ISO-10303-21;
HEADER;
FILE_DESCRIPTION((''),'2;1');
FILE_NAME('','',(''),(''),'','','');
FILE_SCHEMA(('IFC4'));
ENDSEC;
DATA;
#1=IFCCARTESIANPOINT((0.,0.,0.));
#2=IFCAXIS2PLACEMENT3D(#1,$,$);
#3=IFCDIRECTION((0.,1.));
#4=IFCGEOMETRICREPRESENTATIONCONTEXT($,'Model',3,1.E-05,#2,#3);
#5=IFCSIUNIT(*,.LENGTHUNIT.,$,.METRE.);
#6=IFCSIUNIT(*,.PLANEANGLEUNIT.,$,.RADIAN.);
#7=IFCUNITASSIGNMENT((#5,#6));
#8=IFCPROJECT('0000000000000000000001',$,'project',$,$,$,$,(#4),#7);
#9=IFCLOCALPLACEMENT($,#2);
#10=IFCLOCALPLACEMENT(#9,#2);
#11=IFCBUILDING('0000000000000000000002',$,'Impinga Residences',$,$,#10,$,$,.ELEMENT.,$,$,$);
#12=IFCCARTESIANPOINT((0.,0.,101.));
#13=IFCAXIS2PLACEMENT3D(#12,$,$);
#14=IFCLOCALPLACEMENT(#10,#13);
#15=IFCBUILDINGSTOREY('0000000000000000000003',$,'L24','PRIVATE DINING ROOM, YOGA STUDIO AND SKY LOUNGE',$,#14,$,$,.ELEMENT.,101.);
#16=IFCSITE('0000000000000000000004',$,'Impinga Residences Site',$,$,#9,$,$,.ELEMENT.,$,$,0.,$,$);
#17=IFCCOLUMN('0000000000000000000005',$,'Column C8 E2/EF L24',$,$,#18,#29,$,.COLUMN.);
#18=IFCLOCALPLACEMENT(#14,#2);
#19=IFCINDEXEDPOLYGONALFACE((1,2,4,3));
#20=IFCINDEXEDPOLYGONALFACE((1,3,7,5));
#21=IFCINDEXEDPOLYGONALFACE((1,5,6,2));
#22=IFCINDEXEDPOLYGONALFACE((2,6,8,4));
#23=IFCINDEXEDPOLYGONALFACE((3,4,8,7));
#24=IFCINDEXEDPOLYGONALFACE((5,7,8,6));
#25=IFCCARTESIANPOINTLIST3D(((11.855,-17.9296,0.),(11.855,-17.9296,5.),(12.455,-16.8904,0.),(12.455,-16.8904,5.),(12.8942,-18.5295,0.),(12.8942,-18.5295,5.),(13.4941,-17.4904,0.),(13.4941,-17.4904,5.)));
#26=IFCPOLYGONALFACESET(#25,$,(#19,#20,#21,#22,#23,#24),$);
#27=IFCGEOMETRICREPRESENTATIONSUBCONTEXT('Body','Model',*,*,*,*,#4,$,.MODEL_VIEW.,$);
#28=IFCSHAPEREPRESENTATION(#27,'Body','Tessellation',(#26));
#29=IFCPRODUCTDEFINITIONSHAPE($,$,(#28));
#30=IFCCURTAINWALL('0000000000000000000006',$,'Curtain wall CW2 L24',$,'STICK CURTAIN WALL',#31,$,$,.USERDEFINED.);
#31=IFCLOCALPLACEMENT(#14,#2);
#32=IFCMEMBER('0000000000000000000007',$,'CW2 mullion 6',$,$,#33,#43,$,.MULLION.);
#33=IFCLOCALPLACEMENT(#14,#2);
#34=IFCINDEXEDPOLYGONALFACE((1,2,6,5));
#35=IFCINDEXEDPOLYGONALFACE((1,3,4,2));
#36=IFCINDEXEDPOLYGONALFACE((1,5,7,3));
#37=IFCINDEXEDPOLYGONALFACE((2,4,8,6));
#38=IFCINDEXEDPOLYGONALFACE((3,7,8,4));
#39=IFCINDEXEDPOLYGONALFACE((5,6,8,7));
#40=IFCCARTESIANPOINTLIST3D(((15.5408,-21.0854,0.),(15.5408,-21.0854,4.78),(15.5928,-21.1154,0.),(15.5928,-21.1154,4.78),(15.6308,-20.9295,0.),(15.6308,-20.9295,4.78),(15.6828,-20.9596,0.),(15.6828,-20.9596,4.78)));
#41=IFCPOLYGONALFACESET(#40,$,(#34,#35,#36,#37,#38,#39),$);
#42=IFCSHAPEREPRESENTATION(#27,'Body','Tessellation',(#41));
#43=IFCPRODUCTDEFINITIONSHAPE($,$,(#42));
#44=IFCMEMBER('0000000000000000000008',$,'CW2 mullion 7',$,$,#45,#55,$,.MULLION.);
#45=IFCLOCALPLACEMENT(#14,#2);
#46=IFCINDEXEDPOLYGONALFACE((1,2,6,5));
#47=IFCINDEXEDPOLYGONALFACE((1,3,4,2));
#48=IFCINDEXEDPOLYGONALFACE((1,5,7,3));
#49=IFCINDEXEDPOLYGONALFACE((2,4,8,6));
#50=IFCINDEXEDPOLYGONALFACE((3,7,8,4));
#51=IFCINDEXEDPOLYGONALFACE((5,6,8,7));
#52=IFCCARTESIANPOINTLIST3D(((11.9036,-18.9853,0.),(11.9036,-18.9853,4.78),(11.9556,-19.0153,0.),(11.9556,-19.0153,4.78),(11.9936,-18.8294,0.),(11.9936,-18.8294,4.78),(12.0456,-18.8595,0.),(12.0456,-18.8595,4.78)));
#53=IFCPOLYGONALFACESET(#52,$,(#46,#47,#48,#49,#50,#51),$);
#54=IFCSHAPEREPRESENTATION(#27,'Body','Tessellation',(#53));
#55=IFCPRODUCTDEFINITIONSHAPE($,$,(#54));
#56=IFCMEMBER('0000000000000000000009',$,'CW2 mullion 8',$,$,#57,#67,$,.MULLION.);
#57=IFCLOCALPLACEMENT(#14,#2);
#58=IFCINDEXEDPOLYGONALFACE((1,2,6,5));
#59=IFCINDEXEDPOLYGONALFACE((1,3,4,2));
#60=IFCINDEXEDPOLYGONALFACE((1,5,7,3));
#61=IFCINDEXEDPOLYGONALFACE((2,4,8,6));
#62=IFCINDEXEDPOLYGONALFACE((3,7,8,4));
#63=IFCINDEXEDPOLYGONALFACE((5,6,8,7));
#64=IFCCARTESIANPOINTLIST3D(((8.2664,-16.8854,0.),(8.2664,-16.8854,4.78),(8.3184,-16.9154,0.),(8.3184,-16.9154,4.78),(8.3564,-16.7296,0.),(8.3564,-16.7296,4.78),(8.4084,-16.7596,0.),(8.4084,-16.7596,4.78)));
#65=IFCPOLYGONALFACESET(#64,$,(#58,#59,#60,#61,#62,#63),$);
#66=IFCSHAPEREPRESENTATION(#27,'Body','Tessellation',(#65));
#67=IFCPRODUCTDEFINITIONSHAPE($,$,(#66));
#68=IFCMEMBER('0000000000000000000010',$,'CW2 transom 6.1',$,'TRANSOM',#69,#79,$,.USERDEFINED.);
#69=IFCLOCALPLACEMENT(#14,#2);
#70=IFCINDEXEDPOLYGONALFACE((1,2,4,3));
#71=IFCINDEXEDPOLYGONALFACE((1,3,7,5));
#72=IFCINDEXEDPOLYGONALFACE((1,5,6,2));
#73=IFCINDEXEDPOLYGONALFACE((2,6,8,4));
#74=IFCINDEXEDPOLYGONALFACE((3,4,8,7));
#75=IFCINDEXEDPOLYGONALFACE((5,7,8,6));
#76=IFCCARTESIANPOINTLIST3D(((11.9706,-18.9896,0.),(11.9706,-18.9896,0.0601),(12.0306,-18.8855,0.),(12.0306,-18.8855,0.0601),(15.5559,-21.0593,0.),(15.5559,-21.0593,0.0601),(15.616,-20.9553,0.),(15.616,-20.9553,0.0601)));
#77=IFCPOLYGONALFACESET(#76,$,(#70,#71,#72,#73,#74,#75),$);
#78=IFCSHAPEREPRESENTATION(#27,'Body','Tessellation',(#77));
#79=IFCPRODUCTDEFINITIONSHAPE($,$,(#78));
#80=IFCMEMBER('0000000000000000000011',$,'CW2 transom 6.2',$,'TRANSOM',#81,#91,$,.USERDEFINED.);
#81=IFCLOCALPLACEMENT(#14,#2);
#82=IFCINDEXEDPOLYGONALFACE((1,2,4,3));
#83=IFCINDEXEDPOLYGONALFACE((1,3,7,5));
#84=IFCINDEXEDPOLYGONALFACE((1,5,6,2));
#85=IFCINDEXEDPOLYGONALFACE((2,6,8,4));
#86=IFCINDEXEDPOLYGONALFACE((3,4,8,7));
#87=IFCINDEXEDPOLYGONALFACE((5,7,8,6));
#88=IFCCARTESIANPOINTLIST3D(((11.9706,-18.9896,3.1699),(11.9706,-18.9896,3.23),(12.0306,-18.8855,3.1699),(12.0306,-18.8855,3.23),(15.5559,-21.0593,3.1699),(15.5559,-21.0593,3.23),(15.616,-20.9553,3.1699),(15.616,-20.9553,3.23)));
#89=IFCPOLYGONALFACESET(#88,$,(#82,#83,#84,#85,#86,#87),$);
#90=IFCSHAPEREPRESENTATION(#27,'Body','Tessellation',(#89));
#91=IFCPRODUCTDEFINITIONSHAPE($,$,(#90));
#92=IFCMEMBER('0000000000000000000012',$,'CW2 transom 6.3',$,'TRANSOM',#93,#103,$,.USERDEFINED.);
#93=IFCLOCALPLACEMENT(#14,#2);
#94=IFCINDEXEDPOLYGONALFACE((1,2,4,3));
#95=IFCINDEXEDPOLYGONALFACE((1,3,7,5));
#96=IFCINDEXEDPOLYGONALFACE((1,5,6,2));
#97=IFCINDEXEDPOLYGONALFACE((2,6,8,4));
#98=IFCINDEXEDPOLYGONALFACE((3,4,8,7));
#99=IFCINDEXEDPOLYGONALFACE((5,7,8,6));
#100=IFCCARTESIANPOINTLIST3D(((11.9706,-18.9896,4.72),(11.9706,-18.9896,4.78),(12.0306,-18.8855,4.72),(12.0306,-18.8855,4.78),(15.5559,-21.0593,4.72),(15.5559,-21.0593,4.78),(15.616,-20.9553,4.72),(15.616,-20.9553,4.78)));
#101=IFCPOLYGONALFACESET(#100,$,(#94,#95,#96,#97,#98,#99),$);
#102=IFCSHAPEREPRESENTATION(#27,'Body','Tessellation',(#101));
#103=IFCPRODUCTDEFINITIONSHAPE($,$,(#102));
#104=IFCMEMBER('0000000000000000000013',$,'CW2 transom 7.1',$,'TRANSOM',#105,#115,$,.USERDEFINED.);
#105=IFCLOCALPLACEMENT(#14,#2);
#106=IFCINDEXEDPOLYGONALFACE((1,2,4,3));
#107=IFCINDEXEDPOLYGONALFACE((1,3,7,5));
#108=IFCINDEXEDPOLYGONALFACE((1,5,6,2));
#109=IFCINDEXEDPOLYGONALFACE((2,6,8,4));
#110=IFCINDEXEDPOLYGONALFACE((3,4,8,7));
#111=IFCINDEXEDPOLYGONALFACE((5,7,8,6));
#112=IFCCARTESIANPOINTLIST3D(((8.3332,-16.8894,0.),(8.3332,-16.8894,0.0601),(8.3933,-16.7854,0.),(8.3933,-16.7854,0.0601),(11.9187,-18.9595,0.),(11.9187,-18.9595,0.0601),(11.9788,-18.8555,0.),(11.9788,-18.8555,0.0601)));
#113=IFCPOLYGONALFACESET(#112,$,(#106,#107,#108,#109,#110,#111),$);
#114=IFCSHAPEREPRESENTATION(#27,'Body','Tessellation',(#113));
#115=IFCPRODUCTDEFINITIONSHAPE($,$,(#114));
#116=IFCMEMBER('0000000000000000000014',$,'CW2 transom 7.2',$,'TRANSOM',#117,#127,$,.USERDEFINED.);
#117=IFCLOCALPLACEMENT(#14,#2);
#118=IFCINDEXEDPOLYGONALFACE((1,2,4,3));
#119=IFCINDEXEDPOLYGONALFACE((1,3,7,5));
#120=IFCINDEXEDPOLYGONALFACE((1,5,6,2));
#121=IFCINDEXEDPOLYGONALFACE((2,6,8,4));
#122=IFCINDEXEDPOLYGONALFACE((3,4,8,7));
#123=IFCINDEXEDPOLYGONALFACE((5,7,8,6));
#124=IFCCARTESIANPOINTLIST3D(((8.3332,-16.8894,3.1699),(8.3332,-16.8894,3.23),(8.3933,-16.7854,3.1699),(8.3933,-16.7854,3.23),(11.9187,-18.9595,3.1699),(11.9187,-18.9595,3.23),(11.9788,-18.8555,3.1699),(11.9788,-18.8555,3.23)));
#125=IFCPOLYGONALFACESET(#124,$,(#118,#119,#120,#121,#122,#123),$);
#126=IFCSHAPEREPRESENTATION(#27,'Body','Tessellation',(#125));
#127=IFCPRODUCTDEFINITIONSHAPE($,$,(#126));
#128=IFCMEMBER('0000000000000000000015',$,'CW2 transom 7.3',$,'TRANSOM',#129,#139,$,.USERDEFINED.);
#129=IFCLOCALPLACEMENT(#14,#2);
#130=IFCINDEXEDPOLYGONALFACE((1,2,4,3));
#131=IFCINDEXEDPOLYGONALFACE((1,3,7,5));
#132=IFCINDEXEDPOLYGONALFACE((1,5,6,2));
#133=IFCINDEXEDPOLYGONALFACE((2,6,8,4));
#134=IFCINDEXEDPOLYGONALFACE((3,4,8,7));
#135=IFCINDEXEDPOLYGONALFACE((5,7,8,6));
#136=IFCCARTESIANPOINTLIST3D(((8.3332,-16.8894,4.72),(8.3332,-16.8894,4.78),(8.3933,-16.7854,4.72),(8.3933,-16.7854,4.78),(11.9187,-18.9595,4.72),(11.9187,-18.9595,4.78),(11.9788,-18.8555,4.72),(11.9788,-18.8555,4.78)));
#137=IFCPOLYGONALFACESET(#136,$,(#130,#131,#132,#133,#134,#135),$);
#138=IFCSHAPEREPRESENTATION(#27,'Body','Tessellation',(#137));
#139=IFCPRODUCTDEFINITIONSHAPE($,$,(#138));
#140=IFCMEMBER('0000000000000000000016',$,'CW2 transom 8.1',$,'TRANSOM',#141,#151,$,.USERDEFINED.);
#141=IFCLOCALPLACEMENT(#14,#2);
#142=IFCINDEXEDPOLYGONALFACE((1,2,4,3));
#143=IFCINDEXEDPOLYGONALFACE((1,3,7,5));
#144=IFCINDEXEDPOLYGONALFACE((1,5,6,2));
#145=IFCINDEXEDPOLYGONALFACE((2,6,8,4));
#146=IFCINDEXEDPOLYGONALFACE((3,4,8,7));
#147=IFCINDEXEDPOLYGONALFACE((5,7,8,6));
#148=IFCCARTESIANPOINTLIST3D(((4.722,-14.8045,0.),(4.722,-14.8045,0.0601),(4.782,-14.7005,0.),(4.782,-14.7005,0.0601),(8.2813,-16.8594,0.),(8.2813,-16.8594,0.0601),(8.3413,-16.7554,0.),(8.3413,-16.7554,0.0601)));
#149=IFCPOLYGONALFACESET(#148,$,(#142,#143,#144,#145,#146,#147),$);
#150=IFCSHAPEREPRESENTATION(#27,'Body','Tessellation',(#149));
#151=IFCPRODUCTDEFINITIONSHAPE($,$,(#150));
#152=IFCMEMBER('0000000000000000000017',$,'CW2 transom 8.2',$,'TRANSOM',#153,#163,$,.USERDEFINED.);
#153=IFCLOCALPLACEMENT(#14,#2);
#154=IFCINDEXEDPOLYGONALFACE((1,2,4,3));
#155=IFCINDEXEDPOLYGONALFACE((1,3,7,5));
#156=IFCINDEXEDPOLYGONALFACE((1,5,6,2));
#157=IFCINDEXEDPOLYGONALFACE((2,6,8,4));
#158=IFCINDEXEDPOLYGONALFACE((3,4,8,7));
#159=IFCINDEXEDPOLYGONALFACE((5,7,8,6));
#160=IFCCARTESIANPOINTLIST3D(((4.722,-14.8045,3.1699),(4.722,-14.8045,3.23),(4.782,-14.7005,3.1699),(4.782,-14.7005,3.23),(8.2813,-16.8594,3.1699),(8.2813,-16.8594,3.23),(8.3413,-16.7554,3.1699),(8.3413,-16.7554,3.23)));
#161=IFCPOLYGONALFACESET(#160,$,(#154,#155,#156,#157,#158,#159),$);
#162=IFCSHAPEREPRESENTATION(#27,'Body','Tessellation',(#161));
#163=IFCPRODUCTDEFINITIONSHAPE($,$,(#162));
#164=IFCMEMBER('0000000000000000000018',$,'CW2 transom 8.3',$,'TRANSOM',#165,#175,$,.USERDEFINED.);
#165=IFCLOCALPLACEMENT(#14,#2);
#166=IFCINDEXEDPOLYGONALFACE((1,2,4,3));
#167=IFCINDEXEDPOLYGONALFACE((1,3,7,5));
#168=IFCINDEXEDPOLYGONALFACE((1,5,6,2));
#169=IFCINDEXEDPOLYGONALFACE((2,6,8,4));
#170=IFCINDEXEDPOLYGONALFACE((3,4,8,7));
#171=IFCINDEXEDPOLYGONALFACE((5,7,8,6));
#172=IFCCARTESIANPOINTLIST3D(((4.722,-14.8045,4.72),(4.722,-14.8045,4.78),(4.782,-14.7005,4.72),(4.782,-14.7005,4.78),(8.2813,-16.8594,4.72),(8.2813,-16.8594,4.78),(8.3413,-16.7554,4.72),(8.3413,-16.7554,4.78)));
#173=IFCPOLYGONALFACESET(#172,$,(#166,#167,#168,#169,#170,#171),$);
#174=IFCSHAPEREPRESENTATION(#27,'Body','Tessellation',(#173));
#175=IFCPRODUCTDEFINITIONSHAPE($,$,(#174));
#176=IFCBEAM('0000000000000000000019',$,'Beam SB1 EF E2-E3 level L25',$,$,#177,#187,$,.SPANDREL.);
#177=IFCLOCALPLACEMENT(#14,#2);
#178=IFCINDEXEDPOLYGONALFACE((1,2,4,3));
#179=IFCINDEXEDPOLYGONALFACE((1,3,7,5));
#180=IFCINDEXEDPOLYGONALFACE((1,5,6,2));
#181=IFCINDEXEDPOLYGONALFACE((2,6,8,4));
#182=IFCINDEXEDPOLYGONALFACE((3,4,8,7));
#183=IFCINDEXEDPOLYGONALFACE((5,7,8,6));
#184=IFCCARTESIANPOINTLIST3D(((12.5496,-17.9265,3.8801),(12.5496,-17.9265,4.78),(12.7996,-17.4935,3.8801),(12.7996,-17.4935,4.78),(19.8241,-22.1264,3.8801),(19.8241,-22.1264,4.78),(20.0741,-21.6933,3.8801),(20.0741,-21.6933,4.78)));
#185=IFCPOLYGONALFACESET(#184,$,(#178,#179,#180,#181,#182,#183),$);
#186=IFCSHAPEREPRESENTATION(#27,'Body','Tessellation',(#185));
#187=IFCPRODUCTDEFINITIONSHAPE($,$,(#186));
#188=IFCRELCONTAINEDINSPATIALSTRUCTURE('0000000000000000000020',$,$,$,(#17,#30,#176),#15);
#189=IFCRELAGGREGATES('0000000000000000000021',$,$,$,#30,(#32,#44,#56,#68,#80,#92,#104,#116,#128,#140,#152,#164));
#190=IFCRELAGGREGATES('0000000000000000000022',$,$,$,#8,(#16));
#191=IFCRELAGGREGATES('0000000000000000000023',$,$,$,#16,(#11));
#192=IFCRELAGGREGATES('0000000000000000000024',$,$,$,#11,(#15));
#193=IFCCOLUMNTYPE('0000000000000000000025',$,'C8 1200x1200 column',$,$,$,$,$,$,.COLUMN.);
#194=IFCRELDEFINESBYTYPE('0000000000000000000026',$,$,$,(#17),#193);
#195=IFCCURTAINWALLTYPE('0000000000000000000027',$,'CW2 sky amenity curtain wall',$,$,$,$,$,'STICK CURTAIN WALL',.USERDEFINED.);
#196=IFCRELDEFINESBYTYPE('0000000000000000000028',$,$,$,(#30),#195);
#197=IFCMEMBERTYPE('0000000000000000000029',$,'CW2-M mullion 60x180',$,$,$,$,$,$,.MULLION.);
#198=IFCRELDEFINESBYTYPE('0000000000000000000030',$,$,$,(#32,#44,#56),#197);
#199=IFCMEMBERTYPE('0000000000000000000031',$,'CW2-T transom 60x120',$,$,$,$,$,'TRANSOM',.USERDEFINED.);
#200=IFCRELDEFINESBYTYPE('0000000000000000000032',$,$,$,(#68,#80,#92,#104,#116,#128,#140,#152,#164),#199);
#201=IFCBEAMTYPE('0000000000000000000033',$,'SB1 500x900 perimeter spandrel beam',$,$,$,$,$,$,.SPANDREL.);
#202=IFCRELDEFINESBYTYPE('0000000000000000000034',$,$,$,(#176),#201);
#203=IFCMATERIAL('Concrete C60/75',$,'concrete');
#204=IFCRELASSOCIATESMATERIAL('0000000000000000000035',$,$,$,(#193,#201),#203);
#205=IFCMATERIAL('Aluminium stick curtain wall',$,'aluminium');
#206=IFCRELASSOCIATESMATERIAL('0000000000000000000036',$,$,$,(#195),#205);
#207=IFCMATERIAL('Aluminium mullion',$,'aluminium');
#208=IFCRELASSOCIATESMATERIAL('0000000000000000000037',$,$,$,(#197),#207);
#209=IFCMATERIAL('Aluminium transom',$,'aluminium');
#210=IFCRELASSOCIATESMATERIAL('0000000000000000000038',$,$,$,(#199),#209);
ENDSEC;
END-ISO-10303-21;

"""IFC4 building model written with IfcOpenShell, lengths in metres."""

from ifc_helpers import new_model, si_unit, direction, frame, origin, origin_2d, place, context, subcontext, project, spatial, rectangle, extrude, material, material_profile, profile_set, type_object, element, aggregate, save


model = new_model("IFC4")

# Units and contexts
model_context = context("Model", 3, precision=1e-05, world=origin(), true_north=direction((0.0, 1.0)))
body_context = subcontext(model_context, "Body", "Model", "MODEL_VIEW")
ifc_project = project(units=[si_unit("LENGTHUNIT", "METRE"), si_unit("PLANEANGLEUNIT", "RADIAN")], contexts=[model_context])

# Site, building, storey
site_placement = place(None, origin())
site = spatial("IfcSite", under=ifc_project, at=site_placement, Name="Impinga Residences Site", CompositionType="ELEMENT", RefElevation=0.0)
building_placement = place(site_placement, origin())
building = spatial("IfcBuilding", under=site, at=building_placement, Name="Impinga Residences", CompositionType="ELEMENT")
storey_placement = place(building_placement, frame((0.0, 0.0, 101.0)))
storey = spatial("IfcBuildingStorey", under=building, at=storey_placement, Name="L24", Description="PRIVATE DINING ROOM, YOGA STUDIO AND SKY LOUNGE", CompositionType="ELEMENT", Elevation=101.0)

# Column
ifc_material_1 = material(Name="Concrete C60/75", Category="concrete")
ifc_material_profile_1 = material_profile(ifc_material_1, rectangle(XDim=1.2, YDim=1.2, at=origin_2d()), Name="RC 1200x1200")
ifc_profile_set_1 = profile_set([ifc_material_profile_1], Name="Concrete C60/75")
column_type = type_object("IfcColumnType", Name="C8 1200x1200 column", PredefinedType="COLUMN", material=ifc_profile_set_1)
column_placement = place(storey_placement, frame((12.6746, -17.71, 0.0), z_axis=(0.0, 0.0, 1.0), x_axis=(-0.5, -0.866025, 0.0)))
element("IfcColumn", 1, at=column_placement, inside=storey, type_object=column_type, Name="Column C8 E2/EF L24", PredefinedType="COLUMN", context=body_context, shape_type="SweptSolid", body=[
    extrude(rectangle(XDim=1.2, YDim=1.2, at=origin_2d()), origin(), (0.0, 0.0, 1.0), 5.0),
])

# Curtain wall, members
ifc_material_2 = material(Name="Aluminium stick curtain wall", Category="aluminium")
curtain_wall_type = type_object("IfcCurtainWallType", Name="CW2 sky amenity curtain wall", ElementType="STICK CURTAIN WALL", PredefinedType="USERDEFINED", material=ifc_material_2)
curtain_wall_placement = place(storey_placement, origin())
curtain_wall = element("IfcCurtainWall", 2, at=curtain_wall_placement, inside=storey, type_object=curtain_wall_type, Name="Curtain wall CW2 L24", ObjectType="STICK CURTAIN WALL", PredefinedType="USERDEFINED")
ifc_material_3 = material(Name="Aluminium mullion", Category="aluminium")
ifc_material_profile_2 = material_profile(ifc_material_3, rectangle(XDim=0.0601, YDim=0.1799, at=origin_2d()), Name="60x180 mullion")
ifc_profile_set_2 = profile_set([ifc_material_profile_2], Name="Aluminium mullion")
member_type_1 = type_object("IfcMemberType", Name="CW2-M mullion 60x180", PredefinedType="MULLION", material=ifc_profile_set_2)
member_1_placement = place(storey_placement, frame((15.6118, -21.0225, 0.0), z_axis=(0.0, 0.0, 1.0), x_axis=(-0.866025, 0.5, 0.0)))
member_1 = element("IfcMember", 3, at=member_1_placement, type_object=member_type_1, Name="CW2 mullion 6", PredefinedType="MULLION", context=body_context, shape_type="SweptSolid", body=[
    extrude(rectangle(XDim=0.0601, YDim=0.1799, at=origin_2d()), origin(), (0.0, 0.0, 1.0), 4.78),
])
member_2_placement = place(storey_placement, frame((11.9746, -18.9224, 0.0), z_axis=(0.0, 0.0, 1.0), x_axis=(-0.866025, 0.5, 0.0)))
member_2 = element("IfcMember", 4, at=member_2_placement, type_object=member_type_1, Name="CW2 mullion 7", PredefinedType="MULLION", context=body_context, shape_type="SweptSolid", body=[
    extrude(rectangle(XDim=0.0601, YDim=0.1799, at=origin_2d()), origin(), (0.0, 0.0, 1.0), 4.78),
])
member_3_placement = place(storey_placement, frame((8.3374, -16.8225, 0.0), z_axis=(0.0, 0.0, 1.0), x_axis=(-0.866025, 0.5, 0.0)))
member_3 = element("IfcMember", 5, at=member_3_placement, type_object=member_type_1, Name="CW2 mullion 8", PredefinedType="MULLION", context=body_context, shape_type="SweptSolid", body=[
    extrude(rectangle(XDim=0.0601, YDim=0.1799, at=origin_2d()), origin(), (0.0, 0.0, 1.0), 4.78),
])
ifc_material_4 = material(Name="Aluminium transom", Category="aluminium")
ifc_material_profile_3 = material_profile(ifc_material_4, rectangle(XDim=0.0601, YDim=0.1201, at=origin_2d()), Name="60x120 transom")
ifc_profile_set_3 = profile_set([ifc_material_profile_3], Name="Aluminium transom")
member_type_2 = type_object("IfcMemberType", Name="CW2-T transom 60x120", ElementType="TRANSOM", PredefinedType="USERDEFINED", material=ifc_profile_set_3)
member_4_placement = place(storey_placement, frame((15.5859, -21.0073, 0.03), z_axis=(-0.86605, 0.499957, 0.0), x_axis=(0.0, 0.0, 1.0)))
member_4 = element("IfcMember", 6, at=member_4_placement, type_object=member_type_2, Name="CW2 transom 6.1", ObjectType="TRANSOM", PredefinedType="USERDEFINED", context=body_context, shape_type="SweptSolid", body=[
    extrude(rectangle(XDim=0.0601, YDim=0.1201, at=origin_2d()), origin(), (0.0, 0.0, 1.0), 4.1399),
])
member_5_placement = place(storey_placement, frame((15.5859, -21.0073, 3.2), z_axis=(-0.86605, 0.499957, 0.0), x_axis=(0.0, 0.0, 1.0)))
member_5 = element("IfcMember", 7, at=member_5_placement, type_object=member_type_2, Name="CW2 transom 6.2", ObjectType="TRANSOM", PredefinedType="USERDEFINED", context=body_context, shape_type="SweptSolid", body=[
    extrude(rectangle(XDim=0.0601, YDim=0.1201, at=origin_2d()), origin(), (0.0, 0.0, 1.0), 4.1399),
])
member_6_placement = place(storey_placement, frame((15.5859, -21.0073, 4.75), z_axis=(-0.86605, 0.499957, 0.0), x_axis=(0.0, 0.0, 1.0)))
member_6 = element("IfcMember", 8, at=member_6_placement, type_object=member_type_2, Name="CW2 transom 6.3", ObjectType="TRANSOM", PredefinedType="USERDEFINED", context=body_context, shape_type="SweptSolid", body=[
    extrude(rectangle(XDim=0.0601, YDim=0.1201, at=origin_2d()), origin(), (0.0, 0.0, 1.0), 4.1399),
])
member_7_placement = place(storey_placement, frame((11.9487, -18.9075, 0.03), z_axis=(-0.866025, 0.500002, 0.0), x_axis=(0.0, 0.0, 1.0)))
member_7 = element("IfcMember", 9, at=member_7_placement, type_object=member_type_2, Name="CW2 transom 7.1", ObjectType="TRANSOM", PredefinedType="USERDEFINED", context=body_context, shape_type="SweptSolid", body=[
    extrude(rectangle(XDim=0.0601, YDim=0.1201, at=origin_2d()), origin(), (0.0, 0.0, 1.0), 4.1401),
])
member_8_placement = place(storey_placement, frame((11.9487, -18.9075, 3.2), z_axis=(-0.866025, 0.500002, 0.0), x_axis=(0.0, 0.0, 1.0)))
member_8 = element("IfcMember", 10, at=member_8_placement, type_object=member_type_2, Name="CW2 transom 7.2", ObjectType="TRANSOM", PredefinedType="USERDEFINED", context=body_context, shape_type="SweptSolid", body=[
    extrude(rectangle(XDim=0.0601, YDim=0.1201, at=origin_2d()), origin(), (0.0, 0.0, 1.0), 4.1401),
])
member_9_placement = place(storey_placement, frame((11.9487, -18.9075, 4.75), z_axis=(-0.866025, 0.500002, 0.0), x_axis=(0.0, 0.0, 1.0)))
member_9 = element("IfcMember", 11, at=member_9_placement, type_object=member_type_2, Name="CW2 transom 7.3", ObjectType="TRANSOM", PredefinedType="USERDEFINED", context=body_context, shape_type="SweptSolid", body=[
    extrude(rectangle(XDim=0.0601, YDim=0.1201, at=origin_2d()), origin(), (0.0, 0.0, 1.0), 4.1401),
])
member_10_placement = place(storey_placement, frame((8.3113, -16.8074, 0.03), z_axis=(-0.86603, 0.499992, 0.0), x_axis=(0.0, 0.0, 1.0)))
member_10 = element("IfcMember", 12, at=member_10_placement, type_object=member_type_2, Name="CW2 transom 8.1", ObjectType="TRANSOM", PredefinedType="USERDEFINED", context=body_context, shape_type="SweptSolid", body=[
    extrude(rectangle(XDim=0.0601, YDim=0.1201, at=origin_2d()), origin(), (0.0, 0.0, 1.0), 4.1099),
])
member_11_placement = place(storey_placement, frame((8.3113, -16.8074, 3.2), z_axis=(-0.86603, 0.499992, 0.0), x_axis=(0.0, 0.0, 1.0)))
member_11 = element("IfcMember", 13, at=member_11_placement, type_object=member_type_2, Name="CW2 transom 8.2", ObjectType="TRANSOM", PredefinedType="USERDEFINED", context=body_context, shape_type="SweptSolid", body=[
    extrude(rectangle(XDim=0.0601, YDim=0.1201, at=origin_2d()), origin(), (0.0, 0.0, 1.0), 4.1099),
])
member_12_placement = place(storey_placement, frame((8.3113, -16.8074, 4.75), z_axis=(-0.86603, 0.499992, 0.0), x_axis=(0.0, 0.0, 1.0)))
member_12 = element("IfcMember", 14, at=member_12_placement, type_object=member_type_2, Name="CW2 transom 8.3", ObjectType="TRANSOM", PredefinedType="USERDEFINED", context=body_context, shape_type="SweptSolid", body=[
    extrude(rectangle(XDim=0.0601, YDim=0.1201, at=origin_2d()), origin(), (0.0, 0.0, 1.0), 4.1099),
])

# Beam
ifc_material_profile_4 = material_profile(ifc_material_1, rectangle(XDim=0.5, YDim=0.8999, at=origin_2d()), Name="RC 500x900")
ifc_profile_set_4 = profile_set([ifc_material_profile_4], Name="Concrete C60/75")
beam_type = type_object("IfcBeamType", Name="SB1 500x900 perimeter spandrel beam", PredefinedType="SPANDREL", material=ifc_profile_set_4)
beam_placement = place(storey_placement, frame((12.6746, -17.71, 4.3301), z_axis=(0.866029, -0.499993, 0.0), x_axis=(0.499993, 0.866029, 0.0)))
element("IfcBeam", 15, at=beam_placement, inside=storey, type_object=beam_type, Name="Beam SB1 EF E2-E3 level L25", PredefinedType="SPANDREL", context=body_context, shape_type="SweptSolid", body=[
    extrude(rectangle(XDim=0.5, YDim=0.8999, at=origin_2d()), origin(), (0.0, 0.0, 1.0), 8.3999),
])

aggregate(curtain_wall, [member_1, member_2, member_3, member_4, member_5, member_6, member_7, member_8, member_9, member_10, member_11, member_12])

save(model, "model.ifc")
